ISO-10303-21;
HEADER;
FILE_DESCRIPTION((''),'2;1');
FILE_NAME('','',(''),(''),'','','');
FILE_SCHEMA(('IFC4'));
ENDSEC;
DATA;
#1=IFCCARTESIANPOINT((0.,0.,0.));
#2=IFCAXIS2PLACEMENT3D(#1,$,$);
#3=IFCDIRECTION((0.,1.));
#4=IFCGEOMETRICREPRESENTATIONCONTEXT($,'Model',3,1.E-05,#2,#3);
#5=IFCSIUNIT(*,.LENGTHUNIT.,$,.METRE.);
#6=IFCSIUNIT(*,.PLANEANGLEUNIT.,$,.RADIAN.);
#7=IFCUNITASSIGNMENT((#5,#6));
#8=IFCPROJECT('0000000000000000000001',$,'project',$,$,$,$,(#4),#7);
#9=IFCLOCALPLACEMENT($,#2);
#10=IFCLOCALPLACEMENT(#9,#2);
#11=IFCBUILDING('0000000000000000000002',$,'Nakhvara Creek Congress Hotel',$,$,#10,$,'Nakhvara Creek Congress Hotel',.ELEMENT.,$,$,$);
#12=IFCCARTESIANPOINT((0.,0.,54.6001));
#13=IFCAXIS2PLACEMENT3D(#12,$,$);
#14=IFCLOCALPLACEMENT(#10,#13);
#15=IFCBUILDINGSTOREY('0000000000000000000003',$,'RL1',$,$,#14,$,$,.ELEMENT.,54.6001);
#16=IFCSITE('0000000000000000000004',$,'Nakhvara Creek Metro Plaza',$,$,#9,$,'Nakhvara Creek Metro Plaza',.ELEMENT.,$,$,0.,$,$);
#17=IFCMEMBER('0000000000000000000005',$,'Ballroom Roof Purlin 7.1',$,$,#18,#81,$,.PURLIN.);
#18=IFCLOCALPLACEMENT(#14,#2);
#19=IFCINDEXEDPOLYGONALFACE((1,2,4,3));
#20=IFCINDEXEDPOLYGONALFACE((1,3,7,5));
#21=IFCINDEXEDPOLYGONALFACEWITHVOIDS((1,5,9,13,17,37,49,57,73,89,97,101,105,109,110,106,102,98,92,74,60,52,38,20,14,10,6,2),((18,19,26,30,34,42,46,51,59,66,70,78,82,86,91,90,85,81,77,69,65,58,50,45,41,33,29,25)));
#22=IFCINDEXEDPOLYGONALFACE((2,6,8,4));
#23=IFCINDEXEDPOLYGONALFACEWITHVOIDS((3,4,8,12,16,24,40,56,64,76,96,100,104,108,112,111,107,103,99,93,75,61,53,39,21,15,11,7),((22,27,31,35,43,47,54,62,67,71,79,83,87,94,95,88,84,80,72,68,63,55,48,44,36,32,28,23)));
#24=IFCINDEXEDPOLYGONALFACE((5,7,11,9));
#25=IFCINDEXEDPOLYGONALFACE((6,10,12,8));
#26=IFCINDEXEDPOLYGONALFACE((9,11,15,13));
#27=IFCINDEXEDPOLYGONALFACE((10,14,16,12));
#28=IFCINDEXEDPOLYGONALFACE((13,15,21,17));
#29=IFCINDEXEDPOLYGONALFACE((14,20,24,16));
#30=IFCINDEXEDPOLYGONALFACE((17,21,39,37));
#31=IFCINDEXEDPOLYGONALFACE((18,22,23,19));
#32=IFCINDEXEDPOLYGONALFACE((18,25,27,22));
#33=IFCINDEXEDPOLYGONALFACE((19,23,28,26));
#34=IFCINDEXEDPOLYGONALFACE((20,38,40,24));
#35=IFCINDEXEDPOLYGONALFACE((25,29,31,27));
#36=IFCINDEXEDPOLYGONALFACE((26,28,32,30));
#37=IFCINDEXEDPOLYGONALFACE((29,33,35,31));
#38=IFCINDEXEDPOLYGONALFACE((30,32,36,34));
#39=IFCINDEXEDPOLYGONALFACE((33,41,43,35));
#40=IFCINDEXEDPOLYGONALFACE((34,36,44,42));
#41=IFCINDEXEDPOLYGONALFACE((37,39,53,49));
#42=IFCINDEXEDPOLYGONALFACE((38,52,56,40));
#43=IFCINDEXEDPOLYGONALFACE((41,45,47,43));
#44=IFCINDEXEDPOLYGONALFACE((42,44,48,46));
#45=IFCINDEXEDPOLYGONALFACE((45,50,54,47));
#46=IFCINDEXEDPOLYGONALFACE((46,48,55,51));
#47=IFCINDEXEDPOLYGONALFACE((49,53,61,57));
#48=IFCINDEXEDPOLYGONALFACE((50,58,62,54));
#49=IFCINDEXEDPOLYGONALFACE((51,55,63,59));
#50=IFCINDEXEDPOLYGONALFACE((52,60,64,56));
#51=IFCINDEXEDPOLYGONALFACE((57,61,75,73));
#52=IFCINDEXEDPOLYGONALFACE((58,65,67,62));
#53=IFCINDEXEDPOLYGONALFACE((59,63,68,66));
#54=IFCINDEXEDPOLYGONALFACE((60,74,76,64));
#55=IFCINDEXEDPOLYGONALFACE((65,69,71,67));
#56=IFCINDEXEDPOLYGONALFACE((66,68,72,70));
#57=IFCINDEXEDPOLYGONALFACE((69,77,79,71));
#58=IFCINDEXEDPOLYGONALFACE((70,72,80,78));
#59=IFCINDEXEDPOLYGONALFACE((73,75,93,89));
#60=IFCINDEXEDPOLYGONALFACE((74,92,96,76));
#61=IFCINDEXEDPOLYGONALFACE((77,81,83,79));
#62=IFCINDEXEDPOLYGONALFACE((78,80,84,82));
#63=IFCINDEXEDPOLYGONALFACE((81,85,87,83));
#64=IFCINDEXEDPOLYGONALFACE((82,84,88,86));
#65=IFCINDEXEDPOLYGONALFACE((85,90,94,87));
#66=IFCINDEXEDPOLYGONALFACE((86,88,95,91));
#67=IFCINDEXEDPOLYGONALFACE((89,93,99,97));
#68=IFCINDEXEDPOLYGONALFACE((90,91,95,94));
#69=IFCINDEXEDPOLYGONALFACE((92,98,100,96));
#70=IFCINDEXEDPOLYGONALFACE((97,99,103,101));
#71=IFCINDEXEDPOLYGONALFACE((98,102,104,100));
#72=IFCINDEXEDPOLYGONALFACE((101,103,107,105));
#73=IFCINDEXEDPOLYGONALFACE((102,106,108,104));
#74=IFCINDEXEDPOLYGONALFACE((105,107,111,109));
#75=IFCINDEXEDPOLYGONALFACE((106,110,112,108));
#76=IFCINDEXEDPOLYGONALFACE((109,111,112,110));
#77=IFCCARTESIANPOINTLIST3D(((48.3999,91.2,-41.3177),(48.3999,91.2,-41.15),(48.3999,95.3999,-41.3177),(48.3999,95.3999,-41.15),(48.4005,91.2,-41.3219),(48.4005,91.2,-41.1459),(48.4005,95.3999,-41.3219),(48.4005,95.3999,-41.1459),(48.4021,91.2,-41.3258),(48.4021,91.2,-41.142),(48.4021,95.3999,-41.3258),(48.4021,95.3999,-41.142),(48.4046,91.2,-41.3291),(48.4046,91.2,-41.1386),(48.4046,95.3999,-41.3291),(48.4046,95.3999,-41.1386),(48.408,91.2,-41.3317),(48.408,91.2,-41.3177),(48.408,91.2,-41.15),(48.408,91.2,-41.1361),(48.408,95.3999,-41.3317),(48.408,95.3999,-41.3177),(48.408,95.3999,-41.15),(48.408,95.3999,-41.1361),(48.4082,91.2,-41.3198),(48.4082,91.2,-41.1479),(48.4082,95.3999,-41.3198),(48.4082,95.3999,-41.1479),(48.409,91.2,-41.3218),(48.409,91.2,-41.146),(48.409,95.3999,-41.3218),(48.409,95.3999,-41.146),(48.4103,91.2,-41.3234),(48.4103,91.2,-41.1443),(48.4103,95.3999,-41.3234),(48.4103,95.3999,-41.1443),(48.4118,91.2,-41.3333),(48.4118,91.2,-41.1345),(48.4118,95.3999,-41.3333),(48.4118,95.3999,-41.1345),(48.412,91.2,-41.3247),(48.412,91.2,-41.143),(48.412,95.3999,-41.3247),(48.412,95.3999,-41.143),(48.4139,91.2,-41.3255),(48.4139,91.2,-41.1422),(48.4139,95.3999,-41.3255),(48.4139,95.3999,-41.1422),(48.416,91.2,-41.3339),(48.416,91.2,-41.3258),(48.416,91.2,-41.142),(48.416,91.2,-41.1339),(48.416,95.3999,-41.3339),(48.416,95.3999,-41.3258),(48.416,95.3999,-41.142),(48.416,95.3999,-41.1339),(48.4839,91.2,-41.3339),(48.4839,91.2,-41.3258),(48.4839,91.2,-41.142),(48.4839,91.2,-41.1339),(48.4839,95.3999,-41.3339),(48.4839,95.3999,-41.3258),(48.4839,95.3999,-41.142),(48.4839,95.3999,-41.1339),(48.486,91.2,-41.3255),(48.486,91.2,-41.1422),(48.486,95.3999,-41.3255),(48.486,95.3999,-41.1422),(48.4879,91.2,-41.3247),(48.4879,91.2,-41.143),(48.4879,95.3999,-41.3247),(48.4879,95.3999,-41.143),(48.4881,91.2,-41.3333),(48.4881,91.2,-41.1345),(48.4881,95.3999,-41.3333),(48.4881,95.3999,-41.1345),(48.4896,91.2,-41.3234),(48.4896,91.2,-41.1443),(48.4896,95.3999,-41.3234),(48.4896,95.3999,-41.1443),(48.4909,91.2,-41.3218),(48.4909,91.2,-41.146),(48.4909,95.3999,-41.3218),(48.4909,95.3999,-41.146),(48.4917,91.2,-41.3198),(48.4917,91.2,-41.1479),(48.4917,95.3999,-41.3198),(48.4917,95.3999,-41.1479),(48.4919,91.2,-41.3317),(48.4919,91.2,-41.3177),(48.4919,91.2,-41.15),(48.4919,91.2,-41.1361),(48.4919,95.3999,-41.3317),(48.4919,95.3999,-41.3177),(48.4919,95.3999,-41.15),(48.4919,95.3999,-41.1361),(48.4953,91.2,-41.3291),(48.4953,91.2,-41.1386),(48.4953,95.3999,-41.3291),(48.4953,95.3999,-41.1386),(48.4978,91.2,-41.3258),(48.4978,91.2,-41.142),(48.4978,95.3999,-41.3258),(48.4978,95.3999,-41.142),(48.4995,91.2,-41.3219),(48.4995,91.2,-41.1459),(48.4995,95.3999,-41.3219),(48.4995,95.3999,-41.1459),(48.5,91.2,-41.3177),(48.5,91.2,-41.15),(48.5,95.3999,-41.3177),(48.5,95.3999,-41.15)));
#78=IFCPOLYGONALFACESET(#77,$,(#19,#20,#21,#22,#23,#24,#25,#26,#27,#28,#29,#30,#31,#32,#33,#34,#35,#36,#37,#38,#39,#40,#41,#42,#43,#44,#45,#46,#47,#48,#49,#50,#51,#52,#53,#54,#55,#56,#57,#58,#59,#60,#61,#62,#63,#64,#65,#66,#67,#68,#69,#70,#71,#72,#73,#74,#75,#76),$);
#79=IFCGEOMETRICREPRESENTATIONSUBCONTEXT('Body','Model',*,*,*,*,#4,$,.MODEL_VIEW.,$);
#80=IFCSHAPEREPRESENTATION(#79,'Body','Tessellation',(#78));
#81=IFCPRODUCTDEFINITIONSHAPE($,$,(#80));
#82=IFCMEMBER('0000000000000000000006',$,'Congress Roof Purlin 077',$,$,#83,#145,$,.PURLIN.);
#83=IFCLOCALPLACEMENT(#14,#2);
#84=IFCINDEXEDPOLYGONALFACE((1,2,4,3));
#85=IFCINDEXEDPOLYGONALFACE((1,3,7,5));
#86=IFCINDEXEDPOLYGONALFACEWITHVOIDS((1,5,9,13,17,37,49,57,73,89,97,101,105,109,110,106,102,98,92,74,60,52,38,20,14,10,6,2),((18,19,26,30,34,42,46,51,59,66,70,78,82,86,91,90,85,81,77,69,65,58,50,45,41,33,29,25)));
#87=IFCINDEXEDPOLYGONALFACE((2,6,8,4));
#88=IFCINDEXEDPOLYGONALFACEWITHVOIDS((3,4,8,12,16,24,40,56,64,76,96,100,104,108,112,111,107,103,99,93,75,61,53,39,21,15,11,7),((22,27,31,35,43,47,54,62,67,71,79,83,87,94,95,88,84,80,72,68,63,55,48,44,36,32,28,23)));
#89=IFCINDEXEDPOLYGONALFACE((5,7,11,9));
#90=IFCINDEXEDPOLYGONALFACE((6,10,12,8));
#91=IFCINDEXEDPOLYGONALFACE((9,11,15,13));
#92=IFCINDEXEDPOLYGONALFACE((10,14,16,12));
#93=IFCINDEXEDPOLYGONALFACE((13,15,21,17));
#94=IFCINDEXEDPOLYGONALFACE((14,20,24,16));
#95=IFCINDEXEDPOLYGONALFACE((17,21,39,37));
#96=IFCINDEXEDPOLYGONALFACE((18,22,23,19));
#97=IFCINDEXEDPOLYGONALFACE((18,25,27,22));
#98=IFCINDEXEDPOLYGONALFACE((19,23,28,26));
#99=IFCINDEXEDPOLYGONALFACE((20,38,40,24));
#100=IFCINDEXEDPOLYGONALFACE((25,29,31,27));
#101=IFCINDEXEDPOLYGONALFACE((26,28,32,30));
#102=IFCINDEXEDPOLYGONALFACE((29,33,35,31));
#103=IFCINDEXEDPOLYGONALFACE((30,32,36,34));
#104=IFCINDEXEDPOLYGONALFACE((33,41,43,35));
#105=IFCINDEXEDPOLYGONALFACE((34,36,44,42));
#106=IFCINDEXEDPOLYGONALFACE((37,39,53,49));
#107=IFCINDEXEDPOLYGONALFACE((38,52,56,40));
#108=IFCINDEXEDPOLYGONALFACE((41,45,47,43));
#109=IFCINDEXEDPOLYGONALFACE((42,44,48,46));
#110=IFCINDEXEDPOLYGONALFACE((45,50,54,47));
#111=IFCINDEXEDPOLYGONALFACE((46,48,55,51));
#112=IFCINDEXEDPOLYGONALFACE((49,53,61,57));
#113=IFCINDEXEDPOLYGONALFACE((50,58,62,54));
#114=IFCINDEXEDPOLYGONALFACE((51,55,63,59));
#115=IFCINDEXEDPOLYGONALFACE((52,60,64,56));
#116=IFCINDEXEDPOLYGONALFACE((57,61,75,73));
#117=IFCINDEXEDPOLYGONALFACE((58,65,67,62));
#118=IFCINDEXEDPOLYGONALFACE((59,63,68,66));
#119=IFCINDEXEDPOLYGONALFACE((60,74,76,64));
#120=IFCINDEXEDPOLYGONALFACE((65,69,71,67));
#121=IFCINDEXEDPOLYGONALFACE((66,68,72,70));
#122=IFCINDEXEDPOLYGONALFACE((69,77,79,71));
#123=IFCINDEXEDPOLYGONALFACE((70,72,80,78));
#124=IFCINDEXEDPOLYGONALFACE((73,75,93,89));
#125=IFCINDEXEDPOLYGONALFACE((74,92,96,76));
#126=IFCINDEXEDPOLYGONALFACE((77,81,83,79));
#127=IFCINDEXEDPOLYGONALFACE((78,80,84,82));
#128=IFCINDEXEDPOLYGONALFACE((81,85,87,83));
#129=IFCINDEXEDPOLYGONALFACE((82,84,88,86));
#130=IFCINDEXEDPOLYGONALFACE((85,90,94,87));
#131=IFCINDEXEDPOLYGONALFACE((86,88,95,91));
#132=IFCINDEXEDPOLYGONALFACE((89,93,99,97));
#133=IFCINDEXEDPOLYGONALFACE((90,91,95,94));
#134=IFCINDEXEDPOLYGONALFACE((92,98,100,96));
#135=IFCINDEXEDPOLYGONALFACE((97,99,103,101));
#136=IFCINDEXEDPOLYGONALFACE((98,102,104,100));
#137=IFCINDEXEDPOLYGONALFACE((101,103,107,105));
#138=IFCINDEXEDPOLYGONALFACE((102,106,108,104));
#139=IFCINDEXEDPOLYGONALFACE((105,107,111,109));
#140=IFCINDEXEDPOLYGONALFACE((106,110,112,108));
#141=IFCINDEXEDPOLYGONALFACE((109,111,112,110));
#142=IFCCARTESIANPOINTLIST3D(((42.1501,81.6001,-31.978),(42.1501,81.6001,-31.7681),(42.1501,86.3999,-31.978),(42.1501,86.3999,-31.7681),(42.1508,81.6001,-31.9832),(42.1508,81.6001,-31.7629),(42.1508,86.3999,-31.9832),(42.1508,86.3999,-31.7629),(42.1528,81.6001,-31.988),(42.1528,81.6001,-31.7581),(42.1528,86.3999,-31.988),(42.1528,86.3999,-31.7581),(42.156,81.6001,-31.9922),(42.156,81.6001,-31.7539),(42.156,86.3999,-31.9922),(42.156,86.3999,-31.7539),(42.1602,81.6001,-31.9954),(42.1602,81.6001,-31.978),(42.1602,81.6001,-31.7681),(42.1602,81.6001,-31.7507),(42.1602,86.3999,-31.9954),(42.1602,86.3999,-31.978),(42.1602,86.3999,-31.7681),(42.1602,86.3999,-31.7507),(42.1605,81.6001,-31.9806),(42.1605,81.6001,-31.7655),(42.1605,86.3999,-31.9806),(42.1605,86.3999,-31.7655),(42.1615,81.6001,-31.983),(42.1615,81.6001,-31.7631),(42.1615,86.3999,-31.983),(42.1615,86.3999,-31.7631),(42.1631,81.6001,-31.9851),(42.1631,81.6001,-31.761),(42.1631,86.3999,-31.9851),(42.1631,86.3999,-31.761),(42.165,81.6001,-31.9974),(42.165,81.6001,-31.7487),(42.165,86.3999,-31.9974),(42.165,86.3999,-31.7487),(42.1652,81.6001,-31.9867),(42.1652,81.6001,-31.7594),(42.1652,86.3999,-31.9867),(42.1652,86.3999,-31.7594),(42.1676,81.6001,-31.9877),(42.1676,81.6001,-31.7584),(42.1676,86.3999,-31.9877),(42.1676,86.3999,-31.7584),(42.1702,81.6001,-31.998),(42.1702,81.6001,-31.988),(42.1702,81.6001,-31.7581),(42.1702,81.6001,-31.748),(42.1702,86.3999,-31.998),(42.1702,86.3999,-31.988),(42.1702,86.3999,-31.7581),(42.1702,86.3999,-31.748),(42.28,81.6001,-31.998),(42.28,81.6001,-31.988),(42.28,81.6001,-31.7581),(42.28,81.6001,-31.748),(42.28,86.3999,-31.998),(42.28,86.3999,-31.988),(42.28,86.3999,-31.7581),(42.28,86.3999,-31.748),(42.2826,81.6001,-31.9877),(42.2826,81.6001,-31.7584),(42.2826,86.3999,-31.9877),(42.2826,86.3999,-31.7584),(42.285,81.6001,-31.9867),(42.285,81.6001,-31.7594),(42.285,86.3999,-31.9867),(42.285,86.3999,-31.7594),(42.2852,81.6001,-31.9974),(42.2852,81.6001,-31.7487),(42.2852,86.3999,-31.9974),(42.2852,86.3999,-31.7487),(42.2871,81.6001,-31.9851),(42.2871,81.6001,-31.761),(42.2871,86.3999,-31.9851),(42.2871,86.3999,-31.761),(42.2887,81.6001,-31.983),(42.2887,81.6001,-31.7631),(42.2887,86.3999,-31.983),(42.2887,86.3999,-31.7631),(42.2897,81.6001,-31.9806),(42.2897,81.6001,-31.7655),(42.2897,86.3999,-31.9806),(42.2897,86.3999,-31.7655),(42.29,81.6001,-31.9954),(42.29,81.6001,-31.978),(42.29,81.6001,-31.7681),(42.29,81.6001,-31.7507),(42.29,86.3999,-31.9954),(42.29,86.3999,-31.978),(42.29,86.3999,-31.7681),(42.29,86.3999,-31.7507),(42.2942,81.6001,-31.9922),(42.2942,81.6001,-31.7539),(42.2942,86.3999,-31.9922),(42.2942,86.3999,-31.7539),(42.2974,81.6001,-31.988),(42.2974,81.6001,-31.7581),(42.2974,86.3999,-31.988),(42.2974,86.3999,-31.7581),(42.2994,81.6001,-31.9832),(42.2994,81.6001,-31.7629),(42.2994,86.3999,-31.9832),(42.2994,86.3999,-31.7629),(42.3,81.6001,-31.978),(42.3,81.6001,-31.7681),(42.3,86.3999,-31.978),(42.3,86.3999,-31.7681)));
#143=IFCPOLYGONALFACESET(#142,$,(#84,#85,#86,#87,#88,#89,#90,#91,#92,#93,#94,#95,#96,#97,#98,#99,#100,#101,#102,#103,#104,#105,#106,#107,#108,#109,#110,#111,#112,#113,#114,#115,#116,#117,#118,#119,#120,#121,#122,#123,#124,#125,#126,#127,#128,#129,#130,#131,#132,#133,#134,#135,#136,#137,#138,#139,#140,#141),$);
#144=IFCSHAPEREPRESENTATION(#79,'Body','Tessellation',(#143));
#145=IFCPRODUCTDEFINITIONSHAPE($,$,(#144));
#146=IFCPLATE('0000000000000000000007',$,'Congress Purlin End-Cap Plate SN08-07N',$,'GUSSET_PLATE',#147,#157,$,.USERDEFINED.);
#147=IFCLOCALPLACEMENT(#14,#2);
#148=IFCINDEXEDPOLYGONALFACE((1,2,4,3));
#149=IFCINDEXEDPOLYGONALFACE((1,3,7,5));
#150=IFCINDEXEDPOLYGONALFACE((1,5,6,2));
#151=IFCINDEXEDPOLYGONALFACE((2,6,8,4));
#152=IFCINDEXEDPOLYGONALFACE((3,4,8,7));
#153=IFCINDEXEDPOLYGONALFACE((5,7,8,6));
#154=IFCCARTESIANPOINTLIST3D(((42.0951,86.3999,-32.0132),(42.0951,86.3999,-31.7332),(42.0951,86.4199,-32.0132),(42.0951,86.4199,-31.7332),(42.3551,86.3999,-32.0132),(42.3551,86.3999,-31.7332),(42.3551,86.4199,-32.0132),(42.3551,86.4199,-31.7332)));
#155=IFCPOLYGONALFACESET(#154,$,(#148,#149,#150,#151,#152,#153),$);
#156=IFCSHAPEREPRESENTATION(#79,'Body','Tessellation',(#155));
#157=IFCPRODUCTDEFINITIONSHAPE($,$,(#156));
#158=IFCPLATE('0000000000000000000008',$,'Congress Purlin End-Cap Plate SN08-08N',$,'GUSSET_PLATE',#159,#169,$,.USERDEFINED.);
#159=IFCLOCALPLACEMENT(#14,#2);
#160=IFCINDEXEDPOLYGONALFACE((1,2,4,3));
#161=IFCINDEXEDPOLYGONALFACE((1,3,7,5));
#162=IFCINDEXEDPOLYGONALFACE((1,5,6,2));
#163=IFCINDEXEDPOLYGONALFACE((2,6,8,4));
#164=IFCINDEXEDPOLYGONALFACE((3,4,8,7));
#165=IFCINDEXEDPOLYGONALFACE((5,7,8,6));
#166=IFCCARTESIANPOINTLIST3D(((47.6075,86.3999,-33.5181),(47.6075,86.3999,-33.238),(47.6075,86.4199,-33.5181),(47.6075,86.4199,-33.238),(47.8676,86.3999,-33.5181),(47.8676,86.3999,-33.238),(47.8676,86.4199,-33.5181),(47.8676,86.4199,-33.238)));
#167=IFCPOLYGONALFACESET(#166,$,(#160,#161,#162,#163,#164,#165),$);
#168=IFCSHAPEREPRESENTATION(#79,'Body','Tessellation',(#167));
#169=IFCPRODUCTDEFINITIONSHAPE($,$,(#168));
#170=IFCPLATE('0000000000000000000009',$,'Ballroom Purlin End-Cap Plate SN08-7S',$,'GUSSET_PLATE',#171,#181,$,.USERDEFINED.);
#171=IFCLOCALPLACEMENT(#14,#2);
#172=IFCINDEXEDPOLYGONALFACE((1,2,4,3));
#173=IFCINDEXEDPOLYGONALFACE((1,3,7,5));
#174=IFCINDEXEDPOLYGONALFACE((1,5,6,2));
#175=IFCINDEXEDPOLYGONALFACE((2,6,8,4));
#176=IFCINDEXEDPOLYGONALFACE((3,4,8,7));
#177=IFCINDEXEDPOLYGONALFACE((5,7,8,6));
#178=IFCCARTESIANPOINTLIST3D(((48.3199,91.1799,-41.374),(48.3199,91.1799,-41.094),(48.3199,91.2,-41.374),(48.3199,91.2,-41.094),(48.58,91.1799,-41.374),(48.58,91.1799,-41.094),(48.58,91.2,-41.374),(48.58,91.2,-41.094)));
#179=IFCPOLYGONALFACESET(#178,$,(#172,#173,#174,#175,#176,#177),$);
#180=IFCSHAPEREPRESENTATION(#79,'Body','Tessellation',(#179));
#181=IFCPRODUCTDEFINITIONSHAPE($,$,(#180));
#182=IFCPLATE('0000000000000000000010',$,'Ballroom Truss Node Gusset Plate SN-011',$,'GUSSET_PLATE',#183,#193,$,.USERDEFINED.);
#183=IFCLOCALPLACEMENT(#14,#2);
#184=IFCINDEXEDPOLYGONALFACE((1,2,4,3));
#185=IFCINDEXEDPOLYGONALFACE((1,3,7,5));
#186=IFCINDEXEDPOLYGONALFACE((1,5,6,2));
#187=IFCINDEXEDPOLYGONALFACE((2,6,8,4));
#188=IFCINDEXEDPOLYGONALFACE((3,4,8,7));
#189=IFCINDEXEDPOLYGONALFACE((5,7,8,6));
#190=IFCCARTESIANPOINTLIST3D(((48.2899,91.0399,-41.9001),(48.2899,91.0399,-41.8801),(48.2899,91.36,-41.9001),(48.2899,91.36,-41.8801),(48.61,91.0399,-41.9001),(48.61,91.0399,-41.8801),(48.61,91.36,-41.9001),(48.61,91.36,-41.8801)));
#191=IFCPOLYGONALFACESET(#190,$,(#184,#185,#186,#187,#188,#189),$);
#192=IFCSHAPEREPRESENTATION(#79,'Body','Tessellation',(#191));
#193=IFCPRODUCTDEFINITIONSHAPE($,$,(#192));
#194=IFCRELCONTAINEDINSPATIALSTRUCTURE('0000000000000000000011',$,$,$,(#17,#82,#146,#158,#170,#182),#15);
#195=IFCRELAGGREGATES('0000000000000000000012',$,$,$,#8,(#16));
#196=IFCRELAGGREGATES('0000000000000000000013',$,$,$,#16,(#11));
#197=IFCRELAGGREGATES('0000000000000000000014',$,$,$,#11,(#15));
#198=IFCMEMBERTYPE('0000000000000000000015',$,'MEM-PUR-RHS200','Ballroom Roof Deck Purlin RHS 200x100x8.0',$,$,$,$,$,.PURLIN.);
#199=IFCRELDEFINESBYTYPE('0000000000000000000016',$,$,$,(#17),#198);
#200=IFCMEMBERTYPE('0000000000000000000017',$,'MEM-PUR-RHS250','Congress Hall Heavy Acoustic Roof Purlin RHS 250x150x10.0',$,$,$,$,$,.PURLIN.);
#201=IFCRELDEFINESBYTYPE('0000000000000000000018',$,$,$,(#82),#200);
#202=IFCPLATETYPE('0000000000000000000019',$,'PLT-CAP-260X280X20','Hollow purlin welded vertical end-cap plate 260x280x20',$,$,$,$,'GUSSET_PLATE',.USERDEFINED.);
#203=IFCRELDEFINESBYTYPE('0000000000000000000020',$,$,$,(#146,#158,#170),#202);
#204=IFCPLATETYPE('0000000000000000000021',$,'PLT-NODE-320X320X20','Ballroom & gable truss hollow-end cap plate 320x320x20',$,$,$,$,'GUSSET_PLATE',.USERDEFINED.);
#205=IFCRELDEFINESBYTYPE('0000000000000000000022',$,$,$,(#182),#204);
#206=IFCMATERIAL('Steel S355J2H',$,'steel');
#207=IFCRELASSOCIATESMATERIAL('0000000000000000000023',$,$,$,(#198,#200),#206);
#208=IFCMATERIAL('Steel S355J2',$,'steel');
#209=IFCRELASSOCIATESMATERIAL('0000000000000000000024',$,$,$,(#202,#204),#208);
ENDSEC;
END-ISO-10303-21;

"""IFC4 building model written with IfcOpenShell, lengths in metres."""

from ifc_helpers import new_model, si_unit, direction, frame, origin, origin_2d, place, context, subcontext, project, spatial, rectangle, hollow_rectangle, extrude, material, material_profile, profile_set, type_object, element, save


model = new_model("IFC4")

# Units and contexts
model_context = context("Model", 3, precision=1e-05, world=origin(), true_north=direction((0.0, 1.0)))
body_context = subcontext(model_context, "Body", "Model", "MODEL_VIEW")
ifc_project = project(units=[si_unit("LENGTHUNIT", "METRE"), si_unit("PLANEANGLEUNIT", "RADIAN")], contexts=[model_context])

# Site, building, storey
site_placement = place(None, origin())
site = spatial("IfcSite", under=ifc_project, at=site_placement, Name="Nakhvara Creek Metro Plaza", LongName="Nakhvara Creek Metro Plaza", CompositionType="ELEMENT", RefElevation=0.0)
building_placement = place(site_placement, origin())
building = spatial("IfcBuilding", under=site, at=building_placement, Name="Nakhvara Creek Congress Hotel", LongName="Nakhvara Creek Congress Hotel", CompositionType="ELEMENT")
storey_placement = place(building_placement, frame((0.0, 0.0, 54.6001)))
storey = spatial("IfcBuildingStorey", under=building, at=storey_placement, Name="RL1", CompositionType="ELEMENT", Elevation=54.6001)

# Members
ifc_material_1 = material(Name="Steel S355J2H", Category="steel")
ifc_material_profile_1 = material_profile(ifc_material_1, hollow_rectangle(XDim=0.1001, YDim=0.2, WallThickness=0.0081, InnerFilletRadius=0.0081, OuterFilletRadius=0.0161, at=origin_2d()), Name="RHS 200x100x8.0", Category="LoadBearing")
ifc_profile_set_1 = profile_set([ifc_material_profile_1], Name="Steel S355J2H")
member_type_1 = type_object("IfcMemberType", Name="MEM-PUR-RHS200", Description="Ballroom Roof Deck Purlin RHS 200x100x8.0", PredefinedType="PURLIN", material=ifc_profile_set_1)
member_1_placement = place(storey_placement, frame((48.45, 91.2, -41.2339), z_axis=(0.0, 1.0, 0.0), x_axis=(-1.0, 0.0, 0.0)))
element("IfcMember", 1, at=member_1_placement, inside=storey, type_object=member_type_1, Name="Ballroom Roof Purlin 7.1", PredefinedType="PURLIN", context=body_context, shape_type="SweptSolid", body=[
    extrude(hollow_rectangle(XDim=0.1001, YDim=0.2, WallThickness=0.0081, InnerFilletRadius=0.0081, OuterFilletRadius=0.0161, at=origin_2d()), origin(), (0.0, 0.0, 1.0), 4.2),
])
ifc_material_profile_2 = material_profile(ifc_material_1, hollow_rectangle(XDim=0.1499, YDim=0.25, WallThickness=0.01, InnerFilletRadius=0.01, OuterFilletRadius=0.02, at=origin_2d()), Name="RHS 250x150x10.0", Category="LoadBearing")
ifc_profile_set_2 = profile_set([ifc_material_profile_2], Name="Steel S355J2H")
member_type_2 = type_object("IfcMemberType", Name="MEM-PUR-RHS250", Description="Congress Hall Heavy Acoustic Roof Purlin RHS 250x150x10.0", PredefinedType="PURLIN", material=ifc_profile_set_2)
member_2_placement = place(storey_placement, frame((42.2251, 81.6001, -31.873), z_axis=(0.0, 1.0, 0.0), x_axis=(-1.0, 0.0, 0.0)))
element("IfcMember", 2, at=member_2_placement, inside=storey, type_object=member_type_2, Name="Congress Roof Purlin 077", PredefinedType="PURLIN", context=body_context, shape_type="SweptSolid", body=[
    extrude(hollow_rectangle(XDim=0.1499, YDim=0.25, WallThickness=0.01, InnerFilletRadius=0.01, OuterFilletRadius=0.02, at=origin_2d()), origin(), (0.0, 0.0, 1.0), 4.7998),
])

# Plates
ifc_material_2 = material(Name="Steel S355J2", Category="steel")
plate_type_1 = type_object("IfcPlateType", Name="PLT-CAP-260X280X20", Description="Hollow purlin welded vertical end-cap plate 260x280x20", ElementType="GUSSET_PLATE", PredefinedType="USERDEFINED", material=ifc_material_2)
for number, where, z_axis, x_axis, name in (
    (3, (42.2251, 86.4099, -32.0132), (0.0, 0.0, 1.0), (1.0, 0.0, 0.0), "Congress Purlin End-Cap Plate SN08-07N"),
    (4, (47.7375, 86.4099, -33.5181), (0.0, 0.0, 1.0), (1.0, 0.0, 0.0), "Congress Purlin End-Cap Plate SN08-08N"),
    (5, (48.45, 91.1899, -41.374), (0.0, 0.0, 1.0), (1.0, 0.0, 0.0), "Ballroom Purlin End-Cap Plate SN08-7S"),
):
    element("IfcPlate", number, at=place(storey_placement, frame(where, z_axis=z_axis, x_axis=x_axis)), inside=storey, type_object=plate_type_1, Name=name, ObjectType="GUSSET_PLATE", PredefinedType="USERDEFINED", context=body_context, shape_type="SweptSolid", body=[
        extrude(rectangle(XDim=0.26, YDim=0.02, at=origin_2d()), origin(), (0.0, 0.0, 1.0), 0.28),
    ])
plate_type_2 = type_object("IfcPlateType", Name="PLT-NODE-320X320X20", Description="Ballroom & gable truss hollow-end cap plate 320x320x20", ElementType="GUSSET_PLATE", PredefinedType="USERDEFINED", material=ifc_material_2)
plate_placement = place(storey_placement, frame((48.45, 91.2, -41.9001), z_axis=(0.0, 0.0, 1.0), x_axis=(1.0, 0.0, 0.0)))
element("IfcPlate", 6, at=plate_placement, inside=storey, type_object=plate_type_2, Name="Ballroom Truss Node Gusset Plate SN-011", ObjectType="GUSSET_PLATE", PredefinedType="USERDEFINED", context=body_context, shape_type="SweptSolid", body=[
    extrude(rectangle(XDim=0.3201, YDim=0.3201, at=origin_2d()), origin(), (0.0, 0.0, 1.0), 0.02),
])

save(model, "model.ifc")
